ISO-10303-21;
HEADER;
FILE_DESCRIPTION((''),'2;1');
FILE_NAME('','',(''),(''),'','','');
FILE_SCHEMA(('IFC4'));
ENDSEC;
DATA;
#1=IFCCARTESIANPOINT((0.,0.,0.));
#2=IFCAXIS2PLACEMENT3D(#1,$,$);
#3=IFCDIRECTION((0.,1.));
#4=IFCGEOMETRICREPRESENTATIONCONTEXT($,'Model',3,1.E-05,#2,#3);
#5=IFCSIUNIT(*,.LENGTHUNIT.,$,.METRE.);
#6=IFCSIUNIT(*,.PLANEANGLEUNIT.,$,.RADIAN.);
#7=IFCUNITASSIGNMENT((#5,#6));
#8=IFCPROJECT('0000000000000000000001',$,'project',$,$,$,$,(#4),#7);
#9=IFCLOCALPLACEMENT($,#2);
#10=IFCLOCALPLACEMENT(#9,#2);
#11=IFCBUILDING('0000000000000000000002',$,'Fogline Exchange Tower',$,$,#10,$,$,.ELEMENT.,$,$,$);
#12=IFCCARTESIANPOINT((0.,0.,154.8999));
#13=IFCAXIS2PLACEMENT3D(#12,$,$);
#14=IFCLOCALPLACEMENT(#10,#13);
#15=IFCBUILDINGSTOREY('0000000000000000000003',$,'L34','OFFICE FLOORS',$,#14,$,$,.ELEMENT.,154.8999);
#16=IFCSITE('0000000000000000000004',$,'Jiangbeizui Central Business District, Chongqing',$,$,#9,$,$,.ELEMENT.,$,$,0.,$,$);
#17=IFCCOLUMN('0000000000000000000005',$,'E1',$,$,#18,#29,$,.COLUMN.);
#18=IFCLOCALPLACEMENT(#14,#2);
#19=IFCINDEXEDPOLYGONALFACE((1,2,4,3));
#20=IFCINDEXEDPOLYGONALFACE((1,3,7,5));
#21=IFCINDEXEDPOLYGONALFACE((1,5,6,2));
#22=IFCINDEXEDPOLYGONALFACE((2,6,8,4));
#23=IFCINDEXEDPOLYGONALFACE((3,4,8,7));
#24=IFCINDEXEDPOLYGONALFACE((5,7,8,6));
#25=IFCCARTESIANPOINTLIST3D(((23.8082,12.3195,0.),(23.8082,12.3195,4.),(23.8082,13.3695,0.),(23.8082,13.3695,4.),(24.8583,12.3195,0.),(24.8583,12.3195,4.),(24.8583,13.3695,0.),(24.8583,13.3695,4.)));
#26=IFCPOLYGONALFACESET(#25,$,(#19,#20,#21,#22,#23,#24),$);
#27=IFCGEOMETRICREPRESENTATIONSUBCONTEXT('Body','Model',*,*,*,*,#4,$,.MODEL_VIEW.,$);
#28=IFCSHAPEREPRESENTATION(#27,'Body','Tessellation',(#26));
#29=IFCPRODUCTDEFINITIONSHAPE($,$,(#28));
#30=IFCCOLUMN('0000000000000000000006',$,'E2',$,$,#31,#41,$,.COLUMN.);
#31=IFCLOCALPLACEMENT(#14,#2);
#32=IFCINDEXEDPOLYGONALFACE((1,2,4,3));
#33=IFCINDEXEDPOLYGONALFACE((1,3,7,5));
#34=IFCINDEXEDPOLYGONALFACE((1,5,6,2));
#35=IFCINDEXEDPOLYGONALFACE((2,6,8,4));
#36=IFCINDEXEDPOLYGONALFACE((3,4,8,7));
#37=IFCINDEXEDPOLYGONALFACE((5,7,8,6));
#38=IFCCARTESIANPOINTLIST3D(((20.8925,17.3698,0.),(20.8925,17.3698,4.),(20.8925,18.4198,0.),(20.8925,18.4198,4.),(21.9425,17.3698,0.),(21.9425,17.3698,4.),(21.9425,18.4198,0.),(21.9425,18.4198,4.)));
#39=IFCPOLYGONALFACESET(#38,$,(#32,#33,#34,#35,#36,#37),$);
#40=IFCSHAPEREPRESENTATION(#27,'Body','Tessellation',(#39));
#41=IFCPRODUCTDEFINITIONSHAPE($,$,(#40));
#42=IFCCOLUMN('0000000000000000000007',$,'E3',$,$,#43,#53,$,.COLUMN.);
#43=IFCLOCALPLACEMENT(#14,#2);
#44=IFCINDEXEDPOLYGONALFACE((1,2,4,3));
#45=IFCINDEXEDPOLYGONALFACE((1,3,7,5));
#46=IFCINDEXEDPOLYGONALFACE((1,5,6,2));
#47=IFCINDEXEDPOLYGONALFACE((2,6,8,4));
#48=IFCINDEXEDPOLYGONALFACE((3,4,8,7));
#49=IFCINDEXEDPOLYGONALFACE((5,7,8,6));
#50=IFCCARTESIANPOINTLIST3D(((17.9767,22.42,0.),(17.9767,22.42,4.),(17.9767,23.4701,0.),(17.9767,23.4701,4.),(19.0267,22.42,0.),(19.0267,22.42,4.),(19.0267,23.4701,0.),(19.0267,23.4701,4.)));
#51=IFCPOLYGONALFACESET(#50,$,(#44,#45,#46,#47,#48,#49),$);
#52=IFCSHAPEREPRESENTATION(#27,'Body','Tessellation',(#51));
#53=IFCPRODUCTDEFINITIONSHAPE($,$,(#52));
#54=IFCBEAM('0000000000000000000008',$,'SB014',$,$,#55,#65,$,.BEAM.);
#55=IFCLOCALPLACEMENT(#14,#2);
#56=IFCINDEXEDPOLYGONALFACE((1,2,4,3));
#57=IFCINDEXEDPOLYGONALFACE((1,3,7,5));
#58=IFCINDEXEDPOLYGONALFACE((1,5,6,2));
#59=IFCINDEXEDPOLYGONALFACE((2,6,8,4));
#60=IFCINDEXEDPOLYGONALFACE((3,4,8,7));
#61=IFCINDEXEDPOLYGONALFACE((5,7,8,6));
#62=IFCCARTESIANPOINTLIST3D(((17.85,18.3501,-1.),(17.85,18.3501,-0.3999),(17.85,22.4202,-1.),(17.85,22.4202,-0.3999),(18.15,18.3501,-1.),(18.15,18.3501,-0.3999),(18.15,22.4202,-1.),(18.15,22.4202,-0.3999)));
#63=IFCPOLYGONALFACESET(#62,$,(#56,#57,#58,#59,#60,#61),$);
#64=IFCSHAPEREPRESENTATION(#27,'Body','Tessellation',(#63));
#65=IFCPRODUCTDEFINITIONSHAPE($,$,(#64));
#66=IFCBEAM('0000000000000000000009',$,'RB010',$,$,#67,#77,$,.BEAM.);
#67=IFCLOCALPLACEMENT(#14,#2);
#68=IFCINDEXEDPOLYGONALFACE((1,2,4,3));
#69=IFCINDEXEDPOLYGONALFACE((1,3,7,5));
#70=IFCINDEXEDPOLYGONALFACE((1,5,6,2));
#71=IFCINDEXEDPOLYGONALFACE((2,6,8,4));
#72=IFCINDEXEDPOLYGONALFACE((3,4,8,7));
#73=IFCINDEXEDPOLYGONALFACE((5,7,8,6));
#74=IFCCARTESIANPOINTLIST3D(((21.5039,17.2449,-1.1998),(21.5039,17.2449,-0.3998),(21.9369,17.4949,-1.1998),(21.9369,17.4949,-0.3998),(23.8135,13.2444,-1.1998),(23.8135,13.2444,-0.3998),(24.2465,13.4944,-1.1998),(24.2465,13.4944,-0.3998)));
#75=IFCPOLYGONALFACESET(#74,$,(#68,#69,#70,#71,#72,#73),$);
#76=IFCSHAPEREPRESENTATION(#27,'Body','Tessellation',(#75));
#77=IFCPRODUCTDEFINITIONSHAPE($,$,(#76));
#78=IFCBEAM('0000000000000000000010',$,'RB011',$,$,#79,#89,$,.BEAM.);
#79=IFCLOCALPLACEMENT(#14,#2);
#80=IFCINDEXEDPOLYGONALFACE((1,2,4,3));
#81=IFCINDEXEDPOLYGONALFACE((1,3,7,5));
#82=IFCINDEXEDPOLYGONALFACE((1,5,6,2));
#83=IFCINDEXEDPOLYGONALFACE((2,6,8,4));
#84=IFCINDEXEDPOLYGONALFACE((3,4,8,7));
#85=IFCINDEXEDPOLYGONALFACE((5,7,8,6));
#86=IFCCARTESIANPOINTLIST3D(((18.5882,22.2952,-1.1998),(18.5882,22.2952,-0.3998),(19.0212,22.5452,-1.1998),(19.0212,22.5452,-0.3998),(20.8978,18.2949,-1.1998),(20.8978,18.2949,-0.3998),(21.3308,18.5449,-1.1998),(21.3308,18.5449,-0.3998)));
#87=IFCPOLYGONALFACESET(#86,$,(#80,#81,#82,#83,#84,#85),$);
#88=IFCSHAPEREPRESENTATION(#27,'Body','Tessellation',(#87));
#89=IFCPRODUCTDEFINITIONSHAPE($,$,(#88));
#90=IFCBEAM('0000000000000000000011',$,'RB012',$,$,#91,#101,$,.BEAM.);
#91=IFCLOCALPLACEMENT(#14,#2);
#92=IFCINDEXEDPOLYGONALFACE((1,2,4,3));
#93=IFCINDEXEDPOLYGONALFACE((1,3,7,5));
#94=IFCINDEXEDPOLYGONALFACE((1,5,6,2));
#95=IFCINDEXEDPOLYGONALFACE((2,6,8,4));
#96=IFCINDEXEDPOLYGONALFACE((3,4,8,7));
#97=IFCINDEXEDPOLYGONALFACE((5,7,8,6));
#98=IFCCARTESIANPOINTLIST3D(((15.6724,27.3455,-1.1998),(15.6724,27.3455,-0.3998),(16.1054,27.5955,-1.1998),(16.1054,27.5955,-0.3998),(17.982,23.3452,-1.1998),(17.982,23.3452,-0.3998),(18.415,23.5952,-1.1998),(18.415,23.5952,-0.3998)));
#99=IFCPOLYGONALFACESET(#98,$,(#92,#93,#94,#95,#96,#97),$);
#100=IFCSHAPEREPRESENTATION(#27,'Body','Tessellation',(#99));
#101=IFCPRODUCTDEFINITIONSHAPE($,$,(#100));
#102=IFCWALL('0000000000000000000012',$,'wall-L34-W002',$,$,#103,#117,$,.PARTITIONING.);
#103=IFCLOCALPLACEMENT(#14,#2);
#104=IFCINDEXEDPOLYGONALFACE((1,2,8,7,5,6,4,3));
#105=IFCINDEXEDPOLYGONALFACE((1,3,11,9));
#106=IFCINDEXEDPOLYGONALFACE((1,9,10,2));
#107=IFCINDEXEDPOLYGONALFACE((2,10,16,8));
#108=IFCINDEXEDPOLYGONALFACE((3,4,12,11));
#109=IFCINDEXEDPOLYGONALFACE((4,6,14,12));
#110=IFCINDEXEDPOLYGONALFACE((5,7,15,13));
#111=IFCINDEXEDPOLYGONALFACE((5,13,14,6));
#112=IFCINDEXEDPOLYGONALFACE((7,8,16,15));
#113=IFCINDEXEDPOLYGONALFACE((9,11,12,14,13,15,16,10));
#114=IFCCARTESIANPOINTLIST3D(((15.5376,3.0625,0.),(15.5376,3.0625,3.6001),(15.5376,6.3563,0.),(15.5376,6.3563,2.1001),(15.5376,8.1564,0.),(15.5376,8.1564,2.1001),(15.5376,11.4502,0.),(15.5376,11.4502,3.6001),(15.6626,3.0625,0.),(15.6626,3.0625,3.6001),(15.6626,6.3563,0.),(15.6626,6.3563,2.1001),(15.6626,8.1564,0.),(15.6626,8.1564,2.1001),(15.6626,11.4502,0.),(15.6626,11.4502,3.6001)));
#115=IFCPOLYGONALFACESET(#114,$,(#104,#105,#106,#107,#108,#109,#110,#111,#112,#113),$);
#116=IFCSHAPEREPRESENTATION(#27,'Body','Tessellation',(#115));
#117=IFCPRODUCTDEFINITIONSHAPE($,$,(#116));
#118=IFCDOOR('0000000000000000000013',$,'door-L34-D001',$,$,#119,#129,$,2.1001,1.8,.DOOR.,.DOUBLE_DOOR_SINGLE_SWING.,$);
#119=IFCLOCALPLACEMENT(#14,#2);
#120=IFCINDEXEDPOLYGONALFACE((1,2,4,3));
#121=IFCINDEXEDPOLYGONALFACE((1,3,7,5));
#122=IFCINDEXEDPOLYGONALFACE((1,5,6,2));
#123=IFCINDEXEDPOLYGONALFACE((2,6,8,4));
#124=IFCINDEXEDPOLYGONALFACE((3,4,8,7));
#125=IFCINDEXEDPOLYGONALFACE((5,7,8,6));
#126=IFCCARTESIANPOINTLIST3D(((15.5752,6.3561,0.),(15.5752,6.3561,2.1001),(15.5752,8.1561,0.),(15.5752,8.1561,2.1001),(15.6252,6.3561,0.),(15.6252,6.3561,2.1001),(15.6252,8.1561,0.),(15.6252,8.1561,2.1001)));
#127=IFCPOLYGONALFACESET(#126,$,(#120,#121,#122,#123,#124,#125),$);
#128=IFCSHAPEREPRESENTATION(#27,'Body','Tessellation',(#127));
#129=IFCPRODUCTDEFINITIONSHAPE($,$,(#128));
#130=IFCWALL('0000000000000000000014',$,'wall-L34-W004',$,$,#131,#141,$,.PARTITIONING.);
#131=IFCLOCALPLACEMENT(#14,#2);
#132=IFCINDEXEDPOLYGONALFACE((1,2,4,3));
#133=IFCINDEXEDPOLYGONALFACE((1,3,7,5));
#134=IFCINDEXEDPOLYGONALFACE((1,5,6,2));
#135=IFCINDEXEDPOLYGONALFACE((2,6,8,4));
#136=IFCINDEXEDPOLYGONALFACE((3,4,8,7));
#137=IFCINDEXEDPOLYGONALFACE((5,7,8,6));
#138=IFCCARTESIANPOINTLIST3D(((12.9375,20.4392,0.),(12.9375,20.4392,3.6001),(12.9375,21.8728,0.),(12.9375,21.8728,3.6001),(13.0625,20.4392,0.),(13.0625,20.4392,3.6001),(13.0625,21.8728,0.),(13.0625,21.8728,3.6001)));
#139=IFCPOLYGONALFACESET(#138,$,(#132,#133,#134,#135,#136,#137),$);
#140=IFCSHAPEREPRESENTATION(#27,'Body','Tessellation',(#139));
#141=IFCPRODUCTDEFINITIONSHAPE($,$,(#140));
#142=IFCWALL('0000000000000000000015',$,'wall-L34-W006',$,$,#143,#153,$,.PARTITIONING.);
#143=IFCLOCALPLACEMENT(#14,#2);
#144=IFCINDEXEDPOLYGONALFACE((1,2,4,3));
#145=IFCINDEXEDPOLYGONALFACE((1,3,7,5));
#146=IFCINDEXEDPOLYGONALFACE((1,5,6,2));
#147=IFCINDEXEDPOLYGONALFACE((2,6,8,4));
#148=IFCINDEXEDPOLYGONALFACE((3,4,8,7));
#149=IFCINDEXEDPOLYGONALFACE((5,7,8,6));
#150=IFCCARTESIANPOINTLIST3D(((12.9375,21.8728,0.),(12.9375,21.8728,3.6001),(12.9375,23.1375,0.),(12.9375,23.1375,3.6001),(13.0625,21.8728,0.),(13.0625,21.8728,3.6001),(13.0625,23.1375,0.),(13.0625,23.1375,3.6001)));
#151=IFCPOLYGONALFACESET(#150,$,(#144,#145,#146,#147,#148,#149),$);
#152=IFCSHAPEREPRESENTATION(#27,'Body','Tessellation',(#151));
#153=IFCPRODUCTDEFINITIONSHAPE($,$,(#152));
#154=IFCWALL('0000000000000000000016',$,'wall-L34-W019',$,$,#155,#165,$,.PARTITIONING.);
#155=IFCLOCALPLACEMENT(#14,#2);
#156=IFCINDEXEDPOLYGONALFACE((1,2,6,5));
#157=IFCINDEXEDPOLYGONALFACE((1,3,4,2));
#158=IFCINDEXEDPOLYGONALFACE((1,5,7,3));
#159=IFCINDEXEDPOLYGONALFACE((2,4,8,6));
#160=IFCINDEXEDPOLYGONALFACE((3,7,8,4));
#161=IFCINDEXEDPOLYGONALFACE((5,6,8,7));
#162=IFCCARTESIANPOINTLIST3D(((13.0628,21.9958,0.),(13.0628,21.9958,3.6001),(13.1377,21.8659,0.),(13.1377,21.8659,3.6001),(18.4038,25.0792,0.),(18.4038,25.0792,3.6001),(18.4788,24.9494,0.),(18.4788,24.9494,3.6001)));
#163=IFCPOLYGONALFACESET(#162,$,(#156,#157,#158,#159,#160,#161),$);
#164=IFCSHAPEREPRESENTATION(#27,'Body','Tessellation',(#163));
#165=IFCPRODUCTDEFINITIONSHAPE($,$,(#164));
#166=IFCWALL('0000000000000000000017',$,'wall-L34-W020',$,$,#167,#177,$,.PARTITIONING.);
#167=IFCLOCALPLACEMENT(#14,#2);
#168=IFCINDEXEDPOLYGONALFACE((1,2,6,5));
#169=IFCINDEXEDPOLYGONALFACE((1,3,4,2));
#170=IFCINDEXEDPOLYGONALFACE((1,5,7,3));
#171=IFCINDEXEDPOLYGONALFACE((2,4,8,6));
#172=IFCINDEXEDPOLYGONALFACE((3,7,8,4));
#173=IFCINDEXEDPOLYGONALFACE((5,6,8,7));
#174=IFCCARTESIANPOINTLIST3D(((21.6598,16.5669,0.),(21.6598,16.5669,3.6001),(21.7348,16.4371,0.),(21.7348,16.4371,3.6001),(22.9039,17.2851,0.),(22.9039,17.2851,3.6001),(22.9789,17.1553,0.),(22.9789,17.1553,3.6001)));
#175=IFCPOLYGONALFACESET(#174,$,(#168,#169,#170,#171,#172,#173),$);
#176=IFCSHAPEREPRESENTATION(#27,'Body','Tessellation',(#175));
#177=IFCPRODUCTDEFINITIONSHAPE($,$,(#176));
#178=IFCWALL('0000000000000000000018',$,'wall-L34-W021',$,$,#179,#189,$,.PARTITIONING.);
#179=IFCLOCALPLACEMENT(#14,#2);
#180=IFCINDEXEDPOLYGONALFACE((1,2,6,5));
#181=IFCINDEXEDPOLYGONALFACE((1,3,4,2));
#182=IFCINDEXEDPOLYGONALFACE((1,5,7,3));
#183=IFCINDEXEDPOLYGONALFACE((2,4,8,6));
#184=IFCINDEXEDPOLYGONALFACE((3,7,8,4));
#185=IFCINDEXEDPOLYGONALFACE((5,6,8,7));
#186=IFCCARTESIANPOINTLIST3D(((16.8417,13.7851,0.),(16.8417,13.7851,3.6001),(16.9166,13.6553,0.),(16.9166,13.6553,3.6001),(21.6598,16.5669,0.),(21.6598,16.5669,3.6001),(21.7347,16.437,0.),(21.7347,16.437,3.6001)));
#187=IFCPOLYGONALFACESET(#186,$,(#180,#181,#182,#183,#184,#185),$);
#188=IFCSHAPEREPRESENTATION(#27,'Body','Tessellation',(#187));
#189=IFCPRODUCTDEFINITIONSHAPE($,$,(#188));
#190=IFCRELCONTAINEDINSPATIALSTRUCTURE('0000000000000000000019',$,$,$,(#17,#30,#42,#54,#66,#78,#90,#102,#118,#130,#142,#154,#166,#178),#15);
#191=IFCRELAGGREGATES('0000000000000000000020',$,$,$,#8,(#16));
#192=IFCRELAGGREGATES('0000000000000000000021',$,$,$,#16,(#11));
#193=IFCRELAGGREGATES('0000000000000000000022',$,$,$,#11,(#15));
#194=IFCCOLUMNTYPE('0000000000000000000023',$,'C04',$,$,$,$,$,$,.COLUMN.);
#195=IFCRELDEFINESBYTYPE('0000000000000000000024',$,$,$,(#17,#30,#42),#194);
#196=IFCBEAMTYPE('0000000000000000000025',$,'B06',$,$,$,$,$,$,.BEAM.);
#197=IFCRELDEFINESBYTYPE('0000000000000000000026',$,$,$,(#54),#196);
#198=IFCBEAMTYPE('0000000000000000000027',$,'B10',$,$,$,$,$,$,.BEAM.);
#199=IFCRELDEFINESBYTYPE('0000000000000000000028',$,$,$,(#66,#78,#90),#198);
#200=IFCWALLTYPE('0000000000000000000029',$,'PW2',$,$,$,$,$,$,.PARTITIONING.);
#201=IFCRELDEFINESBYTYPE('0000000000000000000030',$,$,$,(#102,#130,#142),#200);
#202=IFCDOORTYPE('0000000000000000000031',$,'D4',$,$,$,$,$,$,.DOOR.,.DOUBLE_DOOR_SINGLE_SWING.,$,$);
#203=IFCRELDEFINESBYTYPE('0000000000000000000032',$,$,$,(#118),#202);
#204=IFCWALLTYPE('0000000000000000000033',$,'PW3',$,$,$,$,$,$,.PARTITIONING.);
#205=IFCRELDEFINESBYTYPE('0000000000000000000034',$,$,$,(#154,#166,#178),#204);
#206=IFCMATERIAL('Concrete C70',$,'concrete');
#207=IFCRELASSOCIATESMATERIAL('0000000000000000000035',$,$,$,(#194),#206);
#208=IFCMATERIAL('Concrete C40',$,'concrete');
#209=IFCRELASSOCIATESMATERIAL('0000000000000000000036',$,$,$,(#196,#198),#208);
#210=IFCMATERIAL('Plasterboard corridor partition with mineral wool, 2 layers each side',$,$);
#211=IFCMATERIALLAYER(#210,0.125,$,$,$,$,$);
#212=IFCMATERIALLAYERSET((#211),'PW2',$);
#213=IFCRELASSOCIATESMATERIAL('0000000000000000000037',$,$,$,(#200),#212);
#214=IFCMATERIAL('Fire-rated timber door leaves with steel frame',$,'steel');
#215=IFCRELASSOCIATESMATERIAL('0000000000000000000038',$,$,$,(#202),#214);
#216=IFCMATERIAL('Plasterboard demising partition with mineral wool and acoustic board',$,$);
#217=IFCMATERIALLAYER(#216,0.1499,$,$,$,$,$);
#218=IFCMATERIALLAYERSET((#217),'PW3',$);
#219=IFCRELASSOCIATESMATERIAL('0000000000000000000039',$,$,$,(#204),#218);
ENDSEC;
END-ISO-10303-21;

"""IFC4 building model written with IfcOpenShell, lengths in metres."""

from ifc_helpers import new_model, si_unit, direction, frame, frame_2d, origin, origin_2d, place, context, subcontext, project, spatial, rectangle, extrude, material, layer, layer_set, material_profile, profile_set, type_object, element, fill, save


model = new_model("IFC4")

# Units and contexts
model_context = context("Model", 3, precision=1e-05, world=origin(), true_north=direction((0.0, 1.0)))
body_context = subcontext(model_context, "Body", "Model", "MODEL_VIEW")
ifc_project = project(units=[si_unit("LENGTHUNIT", "METRE"), si_unit("PLANEANGLEUNIT", "RADIAN")], contexts=[model_context])

# Site, building, storey
site_placement = place(None, origin())
site = spatial("IfcSite", under=ifc_project, at=site_placement, Name="Jiangbeizui Central Business District, Chongqing", CompositionType="ELEMENT", RefElevation=0.0)
building_placement = place(site_placement, origin())
building = spatial("IfcBuilding", under=site, at=building_placement, Name="Fogline Exchange Tower", CompositionType="ELEMENT")
storey_placement = place(building_placement, frame((0.0, 0.0, 154.8999)))
storey = spatial("IfcBuildingStorey", under=building, at=storey_placement, Name="L34", Description="OFFICE FLOORS", CompositionType="ELEMENT", Elevation=154.8999)

# Columns
ifc_material_1 = material(Name="Concrete C70", Category="concrete")
ifc_material_profile_1 = material_profile(ifc_material_1, rectangle(XDim=1.05, YDim=1.05, at=origin_2d()), Name="RC 1050x1050")
ifc_profile_set_1 = profile_set([ifc_material_profile_1], Name="Concrete C70")
column_type = type_object("IfcColumnType", Name="C04", PredefinedType="COLUMN", material=ifc_profile_set_1)
for number, where, z_axis, x_axis, name in (
    (1, (24.3333, 12.8445, 0.0), (0.0, 0.0, 1.0), (1.0, 0.0, 0.0), "E1"),
    (2, (21.4175, 17.8948, 0.0), (0.0, 0.0, 1.0), (1.0, 0.0, 0.0), "E2"),
    (3, (18.5017, 22.9451, 0.0), (0.0, 0.0, 1.0), (1.0, 0.0, 0.0), "E3"),
):
    element("IfcColumn", number, at=place(storey_placement, frame(where, z_axis=z_axis, x_axis=x_axis)), inside=storey, type_object=column_type, Name=name, PredefinedType="COLUMN", context=body_context, shape_type="SweptSolid", body=[
        extrude(rectangle(XDim=1.05, YDim=1.05, at=origin_2d()), origin(), (0.0, 0.0, 1.0), 4.0),
    ])

# Beams
ifc_material_2 = material(Name="Concrete C40", Category="concrete")
ifc_material_profile_2 = material_profile(ifc_material_2, rectangle(XDim=0.3, YDim=0.6001, at=origin_2d()), Name="RC 300x600")
ifc_profile_set_2 = profile_set([ifc_material_profile_2], Name="Concrete C40")
beam_type_1 = type_object("IfcBeamType", Name="B06", PredefinedType="BEAM", material=ifc_profile_set_2)
beam_1_placement = place(storey_placement, frame((18.0, 18.3501, -0.7), z_axis=(0.0, 1.0, 0.0), x_axis=(-1.0, 0.0, 0.0)))
element("IfcBeam", 4, at=beam_1_placement, inside=storey, type_object=beam_type_1, Name="SB014", PredefinedType="BEAM", context=body_context, shape_type="SweptSolid", body=[
    extrude(rectangle(XDim=0.3, YDim=0.6001, at=origin_2d()), origin(), (0.0, 0.0, 1.0), 4.0701),
])
ifc_material_profile_3 = material_profile(ifc_material_2, rectangle(XDim=0.5, YDim=0.8, at=origin_2d()), Name="RC 500x800")
ifc_profile_set_3 = profile_set([ifc_material_profile_3], Name="Concrete C40")
beam_type_2 = type_object("IfcBeamType", Name="B10", PredefinedType="BEAM", material=ifc_profile_set_3)
beam_2_placement = place(storey_placement, frame((24.03, 13.3694, -0.7998), z_axis=(-0.499982, 0.866036, 0.0), x_axis=(-0.866036, -0.499982, 0.0)))
element("IfcBeam", 5, at=beam_2_placement, inside=storey, type_object=beam_type_2, Name="RB010", PredefinedType="BEAM", context=body_context, shape_type="SweptSolid", body=[
    extrude(rectangle(XDim=0.5, YDim=0.8, at=origin_2d()), origin(), (0.0, 0.0, 1.0), 4.6194),
])
for number, where, z_axis, x_axis, name in (
    (6, (21.1143, 18.4199, -0.7998), (-0.500005, 0.866023, 0.0), (-0.866023, -0.500005, 0.0), "RB011"),
    (7, (18.1985, 23.4702, -0.7998), (-0.500005, 0.866023, 0.0), (-0.866023, -0.500005, 0.0), "RB012"),
):
    element("IfcBeam", number, at=place(storey_placement, frame(where, z_axis=z_axis, x_axis=x_axis)), inside=storey, type_object=beam_type_2, Name=name, PredefinedType="BEAM", context=body_context, shape_type="SweptSolid", body=[
        extrude(rectangle(XDim=0.5, YDim=0.8, at=origin_2d()), origin(), (0.0, 0.0, 1.0), 4.6191),
    ])

# Wall, opening, door
ifc_material_3 = material(Name="Plasterboard corridor partition with mineral wool, 2 layers each side")
ifc_layer_1 = layer(ifc_material_3, 0.125)
ifc_layer_set_1 = layer_set([ifc_layer_1], Name="PW2")
wall_type_1 = type_object("IfcWallType", Name="PW2", PredefinedType="PARTITIONING", material=ifc_layer_set_1)
wall_1_placement = place(storey_placement, frame((15.6001, 11.4502, 0.0), z_axis=(0.0, 0.0, 1.0), x_axis=(0.0, -1.0, 0.0)))
wall_1 = element("IfcWall", 8, at=wall_1_placement, inside=storey, type_object=wall_type_1, Name="wall-L34-W002", PredefinedType="PARTITIONING", context=body_context, shape_type="SweptSolid", body=[
    extrude(rectangle(XDim=8.3877, YDim=0.125, at=frame_2d((4.1938, 0.0))), origin(), (0.0, 0.0, 1.0), 3.6001),
])
opening_1_placement = place(wall_1_placement, frame((3.2939, 0.0, 0.0)))
opening_1 = element("IfcOpeningElement", 9, at=opening_1_placement, cuts=wall_1, PredefinedType="OPENING", context=body_context, shape_type="SweptSolid", body=[
    extrude(rectangle(XDim=1.8, YDim=2.1001, at=frame_2d((0.8999, 1.05))), frame((0.0, 0.0725, 0.0), z_axis=(0.0, -1.0, 0.0), x_axis=(1.0, 0.0, 0.0)), (0.0, 0.0, 1.0), 0.145),
])
ifc_material_4 = material(Name="Fire-rated timber door leaves with steel frame", Category="steel")
door_type_1 = type_object("IfcDoorType", Name="D4", OperationType="DOUBLE_DOOR_SINGLE_SWING", PredefinedType="DOOR", material=ifc_material_4)
door_1_placement = place(opening_1_placement, frame((1.8, 0.0, 0.0), z_axis=(0.0, 0.0, 1.0), x_axis=(-1.0, 0.0, 0.0)))
door_1 = element("IfcDoor", 10, at=door_1_placement, inside=storey, type_object=door_type_1, Name="door-L34-D001", OperationType="DOUBLE_DOOR_SINGLE_SWING", OverallHeight=2.1001, OverallWidth=1.8, PredefinedType="DOOR", context=body_context, shape_type="SweptSolid", body=[
    extrude(rectangle(XDim=1.8, YDim=2.1001, at=frame_2d((0.8999, 1.05))), frame((0.0, 0.0249, 0.0), z_axis=(0.0, -1.0, 0.0), x_axis=(1.0, 0.0, 0.0)), (0.0, 0.0, 1.0), 0.05),
])
fill(opening_1, door_1)

# Walls
wall_2_placement = place(storey_placement, frame((13.0, 21.8728, 0.0), z_axis=(0.0, 0.0, 1.0), x_axis=(0.0, -1.0, 0.0)))
element("IfcWall", 11, at=wall_2_placement, inside=storey, type_object=wall_type_1, Name="wall-L34-W004", PredefinedType="PARTITIONING", context=body_context, shape_type="SweptSolid", body=[
    extrude(rectangle(XDim=1.4336, YDim=0.125, at=frame_2d((0.7168, 0.0))), origin(), (0.0, 0.0, 1.0), 3.6001),
])
wall_3_placement = place(storey_placement, frame((13.0, 23.1375, 0.0), z_axis=(0.0, 0.0, 1.0), x_axis=(0.0, -1.0, 0.0)))
element("IfcWall", 12, at=wall_3_placement, inside=storey, type_object=wall_type_1, Name="wall-L34-W006", PredefinedType="PARTITIONING", context=body_context, shape_type="SweptSolid", body=[
    extrude(rectangle(XDim=1.2646, YDim=0.125, at=frame_2d((0.6323, 0.0))), origin(), (0.0, 0.0, 1.0), 3.6001),
])
ifc_material_5 = material(Name="Plasterboard demising partition with mineral wool and acoustic board")
ifc_layer_2 = layer(ifc_material_5, 0.1499)
ifc_layer_set_2 = layer_set([ifc_layer_2], Name="PW3")
wall_type_2 = type_object("IfcWallType", Name="PW3", PredefinedType="PARTITIONING", material=ifc_layer_set_2)
wall_4_placement = place(storey_placement, frame((13.1003, 21.9309, 0.0), z_axis=(0.0, 0.0, 1.0), x_axis=(0.866037, 0.499979, 0.0)))
element("IfcWall", 13, at=wall_4_placement, inside=storey, type_object=wall_type_2, Name="wall-L34-W019", PredefinedType="PARTITIONING", context=body_context, shape_type="SweptSolid", body=[
    extrude(rectangle(XDim=6.1672, YDim=0.1499, at=frame_2d((3.0835, 0.0))), origin(), (0.0, 0.0, 1.0), 3.6001),
])
wall_5_placement = place(storey_placement, frame((22.9414, 17.2202, 0.0), z_axis=(0.0, 0.0, 1.0), x_axis=(-0.866038, -0.499977, 0.0)))
element("IfcWall", 14, at=wall_5_placement, inside=storey, type_object=wall_type_2, Name="wall-L34-W020", PredefinedType="PARTITIONING", context=body_context, shape_type="SweptSolid", body=[
    extrude(rectangle(XDim=1.4365, YDim=0.1499, at=frame_2d((0.7183, 0.0))), origin(), (0.0, 0.0, 1.0), 3.6001),
])
wall_6_placement = place(storey_placement, frame((21.6973, 16.502, 0.0), z_axis=(0.0, 0.0, 1.0), x_axis=(-0.866026, -0.5, 0.0)))
element("IfcWall", 15, at=wall_6_placement, inside=storey, type_object=wall_type_2, Name="wall-L34-W021", PredefinedType="PARTITIONING", context=body_context, shape_type="SweptSolid", body=[
    extrude(rectangle(XDim=5.5635, YDim=0.1499, at=frame_2d((2.7817, 0.0))), origin(), (0.0, 0.0, 1.0), 3.6001),
])

save(model, "model.ifc")
